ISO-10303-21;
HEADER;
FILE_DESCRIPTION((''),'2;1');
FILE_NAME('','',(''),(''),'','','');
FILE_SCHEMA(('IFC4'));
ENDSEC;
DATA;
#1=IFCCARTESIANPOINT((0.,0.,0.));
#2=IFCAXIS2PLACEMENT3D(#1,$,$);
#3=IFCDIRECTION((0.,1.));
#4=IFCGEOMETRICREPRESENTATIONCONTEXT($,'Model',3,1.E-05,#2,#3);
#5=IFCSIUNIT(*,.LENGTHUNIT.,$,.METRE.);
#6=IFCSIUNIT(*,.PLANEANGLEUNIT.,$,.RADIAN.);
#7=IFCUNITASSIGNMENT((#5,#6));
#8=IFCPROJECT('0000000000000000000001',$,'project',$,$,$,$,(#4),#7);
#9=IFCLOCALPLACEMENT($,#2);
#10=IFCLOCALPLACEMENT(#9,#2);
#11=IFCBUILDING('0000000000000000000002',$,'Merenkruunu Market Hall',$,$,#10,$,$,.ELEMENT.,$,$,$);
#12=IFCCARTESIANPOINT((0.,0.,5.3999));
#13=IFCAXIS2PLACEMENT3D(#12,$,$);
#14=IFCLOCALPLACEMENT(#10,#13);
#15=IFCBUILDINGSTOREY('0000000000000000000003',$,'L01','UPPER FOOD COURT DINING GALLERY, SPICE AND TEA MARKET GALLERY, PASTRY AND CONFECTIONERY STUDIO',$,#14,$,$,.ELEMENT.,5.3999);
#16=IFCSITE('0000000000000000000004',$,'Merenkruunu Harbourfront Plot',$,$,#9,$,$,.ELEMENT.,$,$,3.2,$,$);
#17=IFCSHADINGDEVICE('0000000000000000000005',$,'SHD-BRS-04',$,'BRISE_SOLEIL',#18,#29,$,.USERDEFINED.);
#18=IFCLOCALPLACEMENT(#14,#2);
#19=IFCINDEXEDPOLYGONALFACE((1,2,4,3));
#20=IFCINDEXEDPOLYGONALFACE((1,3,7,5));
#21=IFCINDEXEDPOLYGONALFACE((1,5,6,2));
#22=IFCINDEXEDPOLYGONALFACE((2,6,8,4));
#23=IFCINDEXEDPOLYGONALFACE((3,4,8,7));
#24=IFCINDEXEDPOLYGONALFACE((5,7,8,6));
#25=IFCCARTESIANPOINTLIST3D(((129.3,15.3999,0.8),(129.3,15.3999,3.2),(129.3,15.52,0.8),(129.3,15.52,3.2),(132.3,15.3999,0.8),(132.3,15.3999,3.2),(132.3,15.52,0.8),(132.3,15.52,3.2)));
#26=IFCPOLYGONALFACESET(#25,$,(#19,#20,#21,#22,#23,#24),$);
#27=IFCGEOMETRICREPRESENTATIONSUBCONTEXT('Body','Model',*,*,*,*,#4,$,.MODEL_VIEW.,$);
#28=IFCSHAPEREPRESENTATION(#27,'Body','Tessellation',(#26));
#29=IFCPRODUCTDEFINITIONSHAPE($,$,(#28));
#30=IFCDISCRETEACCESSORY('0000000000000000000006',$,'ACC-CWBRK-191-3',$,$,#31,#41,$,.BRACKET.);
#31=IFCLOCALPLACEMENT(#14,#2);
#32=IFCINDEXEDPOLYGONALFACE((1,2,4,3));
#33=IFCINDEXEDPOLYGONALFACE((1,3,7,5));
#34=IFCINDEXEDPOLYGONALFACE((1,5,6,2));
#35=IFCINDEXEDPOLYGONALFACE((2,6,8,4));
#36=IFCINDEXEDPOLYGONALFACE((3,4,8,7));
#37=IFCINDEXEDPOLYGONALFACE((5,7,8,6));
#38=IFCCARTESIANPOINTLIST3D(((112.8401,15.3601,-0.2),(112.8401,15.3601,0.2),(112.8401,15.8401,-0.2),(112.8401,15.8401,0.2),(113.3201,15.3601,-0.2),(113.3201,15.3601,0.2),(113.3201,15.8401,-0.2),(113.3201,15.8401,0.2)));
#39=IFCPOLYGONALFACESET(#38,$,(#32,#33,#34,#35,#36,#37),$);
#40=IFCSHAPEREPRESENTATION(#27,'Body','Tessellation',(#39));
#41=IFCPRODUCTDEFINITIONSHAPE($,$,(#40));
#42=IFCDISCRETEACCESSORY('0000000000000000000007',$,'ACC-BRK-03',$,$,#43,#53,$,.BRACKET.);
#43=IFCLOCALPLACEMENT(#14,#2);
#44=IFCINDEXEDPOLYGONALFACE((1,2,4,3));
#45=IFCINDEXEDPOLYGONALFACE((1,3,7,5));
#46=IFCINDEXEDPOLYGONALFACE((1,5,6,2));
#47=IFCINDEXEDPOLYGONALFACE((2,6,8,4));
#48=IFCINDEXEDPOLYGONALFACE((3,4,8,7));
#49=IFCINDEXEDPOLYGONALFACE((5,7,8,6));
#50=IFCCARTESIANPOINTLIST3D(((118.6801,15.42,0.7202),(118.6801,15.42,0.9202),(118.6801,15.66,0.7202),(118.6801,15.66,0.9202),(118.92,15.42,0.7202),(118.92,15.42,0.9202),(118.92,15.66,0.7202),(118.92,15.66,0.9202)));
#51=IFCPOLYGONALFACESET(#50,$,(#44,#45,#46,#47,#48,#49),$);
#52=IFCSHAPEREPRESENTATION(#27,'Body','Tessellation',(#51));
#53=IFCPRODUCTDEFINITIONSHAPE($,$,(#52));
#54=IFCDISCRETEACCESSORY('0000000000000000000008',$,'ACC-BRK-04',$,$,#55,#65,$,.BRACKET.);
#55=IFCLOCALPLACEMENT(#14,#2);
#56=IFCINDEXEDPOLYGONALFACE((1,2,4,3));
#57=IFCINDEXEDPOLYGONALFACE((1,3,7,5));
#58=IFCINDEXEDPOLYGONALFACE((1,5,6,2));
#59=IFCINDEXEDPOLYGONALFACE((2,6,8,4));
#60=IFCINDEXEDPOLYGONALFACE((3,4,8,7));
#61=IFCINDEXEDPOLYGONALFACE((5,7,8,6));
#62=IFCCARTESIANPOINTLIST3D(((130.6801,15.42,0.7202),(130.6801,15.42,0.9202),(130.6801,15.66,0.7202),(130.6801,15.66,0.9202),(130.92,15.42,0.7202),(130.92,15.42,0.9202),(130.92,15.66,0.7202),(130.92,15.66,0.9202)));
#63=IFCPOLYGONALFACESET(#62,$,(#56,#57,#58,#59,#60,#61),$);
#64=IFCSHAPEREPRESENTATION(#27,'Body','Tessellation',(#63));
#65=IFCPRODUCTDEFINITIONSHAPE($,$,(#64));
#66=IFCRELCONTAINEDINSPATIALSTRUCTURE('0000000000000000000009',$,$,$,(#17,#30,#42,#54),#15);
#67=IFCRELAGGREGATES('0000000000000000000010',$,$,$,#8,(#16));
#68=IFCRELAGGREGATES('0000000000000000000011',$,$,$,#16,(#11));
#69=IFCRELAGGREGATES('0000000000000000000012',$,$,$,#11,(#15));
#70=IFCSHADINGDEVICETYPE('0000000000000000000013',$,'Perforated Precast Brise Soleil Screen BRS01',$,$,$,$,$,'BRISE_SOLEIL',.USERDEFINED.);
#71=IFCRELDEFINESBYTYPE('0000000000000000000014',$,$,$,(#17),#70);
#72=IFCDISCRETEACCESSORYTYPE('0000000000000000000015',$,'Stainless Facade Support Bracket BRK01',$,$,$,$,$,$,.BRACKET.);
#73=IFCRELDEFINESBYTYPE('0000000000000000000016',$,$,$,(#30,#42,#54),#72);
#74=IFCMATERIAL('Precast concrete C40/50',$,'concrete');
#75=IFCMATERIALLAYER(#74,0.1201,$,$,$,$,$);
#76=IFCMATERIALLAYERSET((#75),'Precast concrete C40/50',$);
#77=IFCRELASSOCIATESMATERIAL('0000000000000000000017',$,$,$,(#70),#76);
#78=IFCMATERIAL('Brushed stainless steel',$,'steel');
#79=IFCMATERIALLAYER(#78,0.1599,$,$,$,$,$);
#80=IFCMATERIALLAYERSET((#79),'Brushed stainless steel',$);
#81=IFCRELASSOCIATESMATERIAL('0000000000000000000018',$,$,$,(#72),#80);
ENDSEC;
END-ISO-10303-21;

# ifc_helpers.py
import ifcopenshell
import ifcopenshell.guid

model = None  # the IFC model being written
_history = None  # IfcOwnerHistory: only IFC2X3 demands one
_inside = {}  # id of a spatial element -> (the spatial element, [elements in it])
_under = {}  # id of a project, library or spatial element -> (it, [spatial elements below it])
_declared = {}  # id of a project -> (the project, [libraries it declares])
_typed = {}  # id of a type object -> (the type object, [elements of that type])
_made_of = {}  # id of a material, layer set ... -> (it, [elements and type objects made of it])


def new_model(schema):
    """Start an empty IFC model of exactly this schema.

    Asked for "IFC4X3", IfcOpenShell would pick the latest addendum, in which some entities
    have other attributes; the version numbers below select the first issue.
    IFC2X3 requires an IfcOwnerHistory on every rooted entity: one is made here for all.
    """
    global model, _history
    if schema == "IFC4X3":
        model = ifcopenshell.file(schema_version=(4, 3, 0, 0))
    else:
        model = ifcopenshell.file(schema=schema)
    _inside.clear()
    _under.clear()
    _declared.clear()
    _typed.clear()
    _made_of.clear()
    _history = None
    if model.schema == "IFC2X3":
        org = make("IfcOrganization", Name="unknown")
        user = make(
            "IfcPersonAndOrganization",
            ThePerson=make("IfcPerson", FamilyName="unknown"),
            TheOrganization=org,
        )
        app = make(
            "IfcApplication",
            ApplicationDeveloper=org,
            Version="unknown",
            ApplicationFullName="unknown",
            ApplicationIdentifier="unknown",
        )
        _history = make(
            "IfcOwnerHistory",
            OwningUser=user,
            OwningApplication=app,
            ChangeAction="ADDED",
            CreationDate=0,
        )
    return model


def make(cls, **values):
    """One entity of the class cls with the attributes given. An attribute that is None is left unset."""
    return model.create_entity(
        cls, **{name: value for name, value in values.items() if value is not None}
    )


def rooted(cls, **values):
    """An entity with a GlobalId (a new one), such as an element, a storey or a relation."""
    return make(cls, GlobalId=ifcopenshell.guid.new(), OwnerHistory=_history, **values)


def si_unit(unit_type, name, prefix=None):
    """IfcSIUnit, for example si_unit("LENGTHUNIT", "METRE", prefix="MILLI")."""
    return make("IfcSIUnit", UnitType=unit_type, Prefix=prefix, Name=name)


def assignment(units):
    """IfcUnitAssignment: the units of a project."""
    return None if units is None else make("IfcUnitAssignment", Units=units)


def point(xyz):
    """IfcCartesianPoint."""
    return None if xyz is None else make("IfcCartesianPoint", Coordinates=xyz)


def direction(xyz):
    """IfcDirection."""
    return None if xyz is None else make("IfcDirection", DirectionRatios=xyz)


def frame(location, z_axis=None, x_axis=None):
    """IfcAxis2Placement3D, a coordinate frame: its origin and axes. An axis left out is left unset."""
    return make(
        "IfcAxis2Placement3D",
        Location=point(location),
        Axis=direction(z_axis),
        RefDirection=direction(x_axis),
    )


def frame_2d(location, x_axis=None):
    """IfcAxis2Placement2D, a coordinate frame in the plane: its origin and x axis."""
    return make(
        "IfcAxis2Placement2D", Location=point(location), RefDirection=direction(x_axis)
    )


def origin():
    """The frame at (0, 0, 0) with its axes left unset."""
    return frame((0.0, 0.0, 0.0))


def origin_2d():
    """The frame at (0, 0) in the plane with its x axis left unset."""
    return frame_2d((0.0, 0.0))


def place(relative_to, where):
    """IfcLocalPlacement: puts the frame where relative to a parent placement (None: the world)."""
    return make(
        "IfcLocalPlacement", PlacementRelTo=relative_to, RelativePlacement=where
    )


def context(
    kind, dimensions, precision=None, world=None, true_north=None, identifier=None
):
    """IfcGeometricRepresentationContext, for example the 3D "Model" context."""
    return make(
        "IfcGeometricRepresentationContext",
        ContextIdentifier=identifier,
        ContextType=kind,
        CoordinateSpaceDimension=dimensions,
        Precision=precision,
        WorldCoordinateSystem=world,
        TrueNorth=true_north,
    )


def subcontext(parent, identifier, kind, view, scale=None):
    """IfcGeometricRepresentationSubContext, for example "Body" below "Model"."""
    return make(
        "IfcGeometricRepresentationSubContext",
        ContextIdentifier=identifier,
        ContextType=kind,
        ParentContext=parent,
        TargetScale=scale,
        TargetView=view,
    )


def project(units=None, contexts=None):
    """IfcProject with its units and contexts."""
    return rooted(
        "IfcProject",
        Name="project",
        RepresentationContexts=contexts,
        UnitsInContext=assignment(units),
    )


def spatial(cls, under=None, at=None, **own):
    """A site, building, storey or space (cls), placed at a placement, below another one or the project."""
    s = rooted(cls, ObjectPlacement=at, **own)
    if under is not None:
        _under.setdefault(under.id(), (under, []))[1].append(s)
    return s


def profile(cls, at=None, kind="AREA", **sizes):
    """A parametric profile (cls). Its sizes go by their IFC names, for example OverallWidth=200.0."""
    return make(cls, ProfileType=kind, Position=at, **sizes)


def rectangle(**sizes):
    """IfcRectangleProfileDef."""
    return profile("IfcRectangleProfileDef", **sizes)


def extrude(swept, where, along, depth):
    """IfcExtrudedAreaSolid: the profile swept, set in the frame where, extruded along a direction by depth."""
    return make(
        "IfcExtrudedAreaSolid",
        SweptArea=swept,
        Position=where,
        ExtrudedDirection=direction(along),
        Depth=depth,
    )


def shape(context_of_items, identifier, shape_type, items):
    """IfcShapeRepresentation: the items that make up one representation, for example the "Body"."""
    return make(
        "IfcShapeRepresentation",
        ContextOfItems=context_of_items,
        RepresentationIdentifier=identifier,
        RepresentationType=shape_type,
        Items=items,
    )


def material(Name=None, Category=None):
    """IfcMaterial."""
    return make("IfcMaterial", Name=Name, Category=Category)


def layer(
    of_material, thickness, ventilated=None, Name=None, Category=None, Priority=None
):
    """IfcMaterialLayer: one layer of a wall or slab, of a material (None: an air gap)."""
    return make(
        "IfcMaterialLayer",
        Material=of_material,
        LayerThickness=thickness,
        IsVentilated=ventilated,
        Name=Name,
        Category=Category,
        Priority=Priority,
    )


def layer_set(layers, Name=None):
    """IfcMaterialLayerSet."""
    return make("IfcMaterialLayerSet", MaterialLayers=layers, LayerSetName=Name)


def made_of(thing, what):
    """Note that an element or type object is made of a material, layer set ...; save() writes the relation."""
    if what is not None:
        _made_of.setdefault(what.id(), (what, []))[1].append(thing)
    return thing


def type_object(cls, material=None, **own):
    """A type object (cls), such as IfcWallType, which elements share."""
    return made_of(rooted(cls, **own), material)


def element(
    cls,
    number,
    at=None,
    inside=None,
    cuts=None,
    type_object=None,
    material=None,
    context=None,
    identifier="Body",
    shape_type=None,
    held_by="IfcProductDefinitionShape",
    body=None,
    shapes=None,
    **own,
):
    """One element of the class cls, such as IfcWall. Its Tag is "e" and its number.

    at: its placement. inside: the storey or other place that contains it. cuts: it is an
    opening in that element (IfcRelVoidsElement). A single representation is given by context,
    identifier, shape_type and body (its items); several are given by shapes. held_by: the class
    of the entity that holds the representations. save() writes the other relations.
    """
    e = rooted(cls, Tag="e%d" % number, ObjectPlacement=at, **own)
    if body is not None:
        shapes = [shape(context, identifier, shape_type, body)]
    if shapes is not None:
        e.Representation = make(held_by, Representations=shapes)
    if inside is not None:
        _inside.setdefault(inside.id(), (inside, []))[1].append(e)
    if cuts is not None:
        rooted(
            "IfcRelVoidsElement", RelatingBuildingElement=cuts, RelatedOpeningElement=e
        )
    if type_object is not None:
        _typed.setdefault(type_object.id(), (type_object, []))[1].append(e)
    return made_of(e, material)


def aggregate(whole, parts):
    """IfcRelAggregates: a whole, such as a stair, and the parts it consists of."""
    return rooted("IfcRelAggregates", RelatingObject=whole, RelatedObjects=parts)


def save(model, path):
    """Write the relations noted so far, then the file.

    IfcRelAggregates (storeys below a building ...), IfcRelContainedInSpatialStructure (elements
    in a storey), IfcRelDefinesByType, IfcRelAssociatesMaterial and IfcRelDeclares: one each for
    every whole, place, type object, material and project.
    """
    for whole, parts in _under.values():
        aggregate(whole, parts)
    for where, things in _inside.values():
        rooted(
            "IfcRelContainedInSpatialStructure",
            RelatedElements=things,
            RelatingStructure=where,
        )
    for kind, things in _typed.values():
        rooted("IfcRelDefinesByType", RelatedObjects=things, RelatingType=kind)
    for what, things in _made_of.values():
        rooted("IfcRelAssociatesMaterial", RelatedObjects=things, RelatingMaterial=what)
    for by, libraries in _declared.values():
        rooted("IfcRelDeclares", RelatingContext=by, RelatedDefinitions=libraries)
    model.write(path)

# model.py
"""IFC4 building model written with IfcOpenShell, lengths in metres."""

from ifc_helpers import new_model, si_unit, direction, frame, origin, origin_2d, place, context, subcontext, project, spatial, rectangle, extrude, material, layer, layer_set, type_object, element, save


model = new_model("IFC4")

# Units and contexts
model_context = context("Model", 3, precision=1e-05, world=origin(), true_north=direction((0.0, 1.0)))
body_context = subcontext(model_context, "Body", "Model", "MODEL_VIEW")
ifc_project = project(units=[si_unit("LENGTHUNIT", "METRE"), si_unit("PLANEANGLEUNIT", "RADIAN")], contexts=[model_context])

# Site, building, storey
site_placement = place(None, origin())
site = spatial("IfcSite", under=ifc_project, at=site_placement, Name="Merenkruunu Harbourfront Plot", CompositionType="ELEMENT", RefElevation=3.2)
building_placement = place(site_placement, origin())
building = spatial("IfcBuilding", under=site, at=building_placement, Name="Merenkruunu Market Hall", CompositionType="ELEMENT")
storey_placement = place(building_placement, frame((0.0, 0.0, 5.3999)))
storey = spatial("IfcBuildingStorey", under=building, at=storey_placement, Name="L01", Description="UPPER FOOD COURT DINING GALLERY, SPICE AND TEA MARKET GALLERY, PASTRY AND CONFECTIONERY STUDIO", CompositionType="ELEMENT", Elevation=5.3999)

# Shading device
ifc_material_1 = material(Name="Precast concrete C40/50", Category="concrete")
ifc_layer_1 = layer(ifc_material_1, 0.1201)
ifc_layer_set_1 = layer_set([ifc_layer_1], Name="Precast concrete C40/50")
shading_device_type = type_object("IfcShadingDeviceType", Name="Perforated Precast Brise Soleil Screen BRS01", ElementType="BRISE_SOLEIL", PredefinedType="USERDEFINED", material=ifc_layer_set_1)
for number, where, z_axis, x_axis, name in (
    (1, (130.8, 15.46, 0.8), (0.0, 0.0, 1.0), (1.0, 0.0, 0.0), "SHD-BRS-04"),
):
    element("IfcShadingDevice", number, at=place(storey_placement, frame(where, z_axis=z_axis, x_axis=x_axis)), inside=storey, type_object=shading_device_type, Name=name, ObjectType="BRISE_SOLEIL", PredefinedType="USERDEFINED", context=body_context, shape_type="SweptSolid", body=[
        extrude(rectangle(XDim=3.0, YDim=0.1201, at=origin_2d()), origin(), (0.0, 0.0, 1.0), 2.3999),
    ])

# Discrete accessories
ifc_material_2 = material(Name="Brushed stainless steel", Category="steel")
ifc_layer_2 = layer(ifc_material_2, 0.1599)
ifc_layer_set_2 = layer_set([ifc_layer_2], Name="Brushed stainless steel")
discrete_accessory_type = type_object("IfcDiscreteAccessoryType", Name="Stainless Facade Support Bracket BRK01", PredefinedType="BRACKET", material=ifc_layer_set_2)
discrete_accessory_placement = place(storey_placement, frame((113.0801, 15.6001, -0.2), z_axis=(0.0, 0.0, 1.0), x_axis=(1.0, 0.0, 0.0)))
element("IfcDiscreteAccessory", 2, at=discrete_accessory_placement, inside=storey, type_object=discrete_accessory_type, Name="ACC-CWBRK-191-3", PredefinedType="BRACKET", context=body_context, shape_type="SweptSolid", body=[
    extrude(rectangle(XDim=0.48, YDim=0.48, at=origin_2d()), origin(), (0.0, 0.0, 1.0), 0.3999),
])
for number, where, z_axis, x_axis, name in (
    (3, (118.8, 15.54, 0.7202), (0.0, 0.0, 1.0), (1.0, 0.0, 0.0), "ACC-BRK-03"),
    (4, (130.8, 15.54, 0.7202), (0.0, 0.0, 1.0), (1.0, 0.0, 0.0), "ACC-BRK-04"),
):
    element("IfcDiscreteAccessory", number, at=place(storey_placement, frame(where, z_axis=z_axis, x_axis=x_axis)), inside=storey, type_object=discrete_accessory_type, Name=name, PredefinedType="BRACKET", context=body_context, shape_type="SweptSolid", body=[
        extrude(rectangle(XDim=0.24, YDim=0.24, at=origin_2d()), origin(), (0.0, 0.0, 1.0), 0.2),
    ])

save(model, "model.ifc")
